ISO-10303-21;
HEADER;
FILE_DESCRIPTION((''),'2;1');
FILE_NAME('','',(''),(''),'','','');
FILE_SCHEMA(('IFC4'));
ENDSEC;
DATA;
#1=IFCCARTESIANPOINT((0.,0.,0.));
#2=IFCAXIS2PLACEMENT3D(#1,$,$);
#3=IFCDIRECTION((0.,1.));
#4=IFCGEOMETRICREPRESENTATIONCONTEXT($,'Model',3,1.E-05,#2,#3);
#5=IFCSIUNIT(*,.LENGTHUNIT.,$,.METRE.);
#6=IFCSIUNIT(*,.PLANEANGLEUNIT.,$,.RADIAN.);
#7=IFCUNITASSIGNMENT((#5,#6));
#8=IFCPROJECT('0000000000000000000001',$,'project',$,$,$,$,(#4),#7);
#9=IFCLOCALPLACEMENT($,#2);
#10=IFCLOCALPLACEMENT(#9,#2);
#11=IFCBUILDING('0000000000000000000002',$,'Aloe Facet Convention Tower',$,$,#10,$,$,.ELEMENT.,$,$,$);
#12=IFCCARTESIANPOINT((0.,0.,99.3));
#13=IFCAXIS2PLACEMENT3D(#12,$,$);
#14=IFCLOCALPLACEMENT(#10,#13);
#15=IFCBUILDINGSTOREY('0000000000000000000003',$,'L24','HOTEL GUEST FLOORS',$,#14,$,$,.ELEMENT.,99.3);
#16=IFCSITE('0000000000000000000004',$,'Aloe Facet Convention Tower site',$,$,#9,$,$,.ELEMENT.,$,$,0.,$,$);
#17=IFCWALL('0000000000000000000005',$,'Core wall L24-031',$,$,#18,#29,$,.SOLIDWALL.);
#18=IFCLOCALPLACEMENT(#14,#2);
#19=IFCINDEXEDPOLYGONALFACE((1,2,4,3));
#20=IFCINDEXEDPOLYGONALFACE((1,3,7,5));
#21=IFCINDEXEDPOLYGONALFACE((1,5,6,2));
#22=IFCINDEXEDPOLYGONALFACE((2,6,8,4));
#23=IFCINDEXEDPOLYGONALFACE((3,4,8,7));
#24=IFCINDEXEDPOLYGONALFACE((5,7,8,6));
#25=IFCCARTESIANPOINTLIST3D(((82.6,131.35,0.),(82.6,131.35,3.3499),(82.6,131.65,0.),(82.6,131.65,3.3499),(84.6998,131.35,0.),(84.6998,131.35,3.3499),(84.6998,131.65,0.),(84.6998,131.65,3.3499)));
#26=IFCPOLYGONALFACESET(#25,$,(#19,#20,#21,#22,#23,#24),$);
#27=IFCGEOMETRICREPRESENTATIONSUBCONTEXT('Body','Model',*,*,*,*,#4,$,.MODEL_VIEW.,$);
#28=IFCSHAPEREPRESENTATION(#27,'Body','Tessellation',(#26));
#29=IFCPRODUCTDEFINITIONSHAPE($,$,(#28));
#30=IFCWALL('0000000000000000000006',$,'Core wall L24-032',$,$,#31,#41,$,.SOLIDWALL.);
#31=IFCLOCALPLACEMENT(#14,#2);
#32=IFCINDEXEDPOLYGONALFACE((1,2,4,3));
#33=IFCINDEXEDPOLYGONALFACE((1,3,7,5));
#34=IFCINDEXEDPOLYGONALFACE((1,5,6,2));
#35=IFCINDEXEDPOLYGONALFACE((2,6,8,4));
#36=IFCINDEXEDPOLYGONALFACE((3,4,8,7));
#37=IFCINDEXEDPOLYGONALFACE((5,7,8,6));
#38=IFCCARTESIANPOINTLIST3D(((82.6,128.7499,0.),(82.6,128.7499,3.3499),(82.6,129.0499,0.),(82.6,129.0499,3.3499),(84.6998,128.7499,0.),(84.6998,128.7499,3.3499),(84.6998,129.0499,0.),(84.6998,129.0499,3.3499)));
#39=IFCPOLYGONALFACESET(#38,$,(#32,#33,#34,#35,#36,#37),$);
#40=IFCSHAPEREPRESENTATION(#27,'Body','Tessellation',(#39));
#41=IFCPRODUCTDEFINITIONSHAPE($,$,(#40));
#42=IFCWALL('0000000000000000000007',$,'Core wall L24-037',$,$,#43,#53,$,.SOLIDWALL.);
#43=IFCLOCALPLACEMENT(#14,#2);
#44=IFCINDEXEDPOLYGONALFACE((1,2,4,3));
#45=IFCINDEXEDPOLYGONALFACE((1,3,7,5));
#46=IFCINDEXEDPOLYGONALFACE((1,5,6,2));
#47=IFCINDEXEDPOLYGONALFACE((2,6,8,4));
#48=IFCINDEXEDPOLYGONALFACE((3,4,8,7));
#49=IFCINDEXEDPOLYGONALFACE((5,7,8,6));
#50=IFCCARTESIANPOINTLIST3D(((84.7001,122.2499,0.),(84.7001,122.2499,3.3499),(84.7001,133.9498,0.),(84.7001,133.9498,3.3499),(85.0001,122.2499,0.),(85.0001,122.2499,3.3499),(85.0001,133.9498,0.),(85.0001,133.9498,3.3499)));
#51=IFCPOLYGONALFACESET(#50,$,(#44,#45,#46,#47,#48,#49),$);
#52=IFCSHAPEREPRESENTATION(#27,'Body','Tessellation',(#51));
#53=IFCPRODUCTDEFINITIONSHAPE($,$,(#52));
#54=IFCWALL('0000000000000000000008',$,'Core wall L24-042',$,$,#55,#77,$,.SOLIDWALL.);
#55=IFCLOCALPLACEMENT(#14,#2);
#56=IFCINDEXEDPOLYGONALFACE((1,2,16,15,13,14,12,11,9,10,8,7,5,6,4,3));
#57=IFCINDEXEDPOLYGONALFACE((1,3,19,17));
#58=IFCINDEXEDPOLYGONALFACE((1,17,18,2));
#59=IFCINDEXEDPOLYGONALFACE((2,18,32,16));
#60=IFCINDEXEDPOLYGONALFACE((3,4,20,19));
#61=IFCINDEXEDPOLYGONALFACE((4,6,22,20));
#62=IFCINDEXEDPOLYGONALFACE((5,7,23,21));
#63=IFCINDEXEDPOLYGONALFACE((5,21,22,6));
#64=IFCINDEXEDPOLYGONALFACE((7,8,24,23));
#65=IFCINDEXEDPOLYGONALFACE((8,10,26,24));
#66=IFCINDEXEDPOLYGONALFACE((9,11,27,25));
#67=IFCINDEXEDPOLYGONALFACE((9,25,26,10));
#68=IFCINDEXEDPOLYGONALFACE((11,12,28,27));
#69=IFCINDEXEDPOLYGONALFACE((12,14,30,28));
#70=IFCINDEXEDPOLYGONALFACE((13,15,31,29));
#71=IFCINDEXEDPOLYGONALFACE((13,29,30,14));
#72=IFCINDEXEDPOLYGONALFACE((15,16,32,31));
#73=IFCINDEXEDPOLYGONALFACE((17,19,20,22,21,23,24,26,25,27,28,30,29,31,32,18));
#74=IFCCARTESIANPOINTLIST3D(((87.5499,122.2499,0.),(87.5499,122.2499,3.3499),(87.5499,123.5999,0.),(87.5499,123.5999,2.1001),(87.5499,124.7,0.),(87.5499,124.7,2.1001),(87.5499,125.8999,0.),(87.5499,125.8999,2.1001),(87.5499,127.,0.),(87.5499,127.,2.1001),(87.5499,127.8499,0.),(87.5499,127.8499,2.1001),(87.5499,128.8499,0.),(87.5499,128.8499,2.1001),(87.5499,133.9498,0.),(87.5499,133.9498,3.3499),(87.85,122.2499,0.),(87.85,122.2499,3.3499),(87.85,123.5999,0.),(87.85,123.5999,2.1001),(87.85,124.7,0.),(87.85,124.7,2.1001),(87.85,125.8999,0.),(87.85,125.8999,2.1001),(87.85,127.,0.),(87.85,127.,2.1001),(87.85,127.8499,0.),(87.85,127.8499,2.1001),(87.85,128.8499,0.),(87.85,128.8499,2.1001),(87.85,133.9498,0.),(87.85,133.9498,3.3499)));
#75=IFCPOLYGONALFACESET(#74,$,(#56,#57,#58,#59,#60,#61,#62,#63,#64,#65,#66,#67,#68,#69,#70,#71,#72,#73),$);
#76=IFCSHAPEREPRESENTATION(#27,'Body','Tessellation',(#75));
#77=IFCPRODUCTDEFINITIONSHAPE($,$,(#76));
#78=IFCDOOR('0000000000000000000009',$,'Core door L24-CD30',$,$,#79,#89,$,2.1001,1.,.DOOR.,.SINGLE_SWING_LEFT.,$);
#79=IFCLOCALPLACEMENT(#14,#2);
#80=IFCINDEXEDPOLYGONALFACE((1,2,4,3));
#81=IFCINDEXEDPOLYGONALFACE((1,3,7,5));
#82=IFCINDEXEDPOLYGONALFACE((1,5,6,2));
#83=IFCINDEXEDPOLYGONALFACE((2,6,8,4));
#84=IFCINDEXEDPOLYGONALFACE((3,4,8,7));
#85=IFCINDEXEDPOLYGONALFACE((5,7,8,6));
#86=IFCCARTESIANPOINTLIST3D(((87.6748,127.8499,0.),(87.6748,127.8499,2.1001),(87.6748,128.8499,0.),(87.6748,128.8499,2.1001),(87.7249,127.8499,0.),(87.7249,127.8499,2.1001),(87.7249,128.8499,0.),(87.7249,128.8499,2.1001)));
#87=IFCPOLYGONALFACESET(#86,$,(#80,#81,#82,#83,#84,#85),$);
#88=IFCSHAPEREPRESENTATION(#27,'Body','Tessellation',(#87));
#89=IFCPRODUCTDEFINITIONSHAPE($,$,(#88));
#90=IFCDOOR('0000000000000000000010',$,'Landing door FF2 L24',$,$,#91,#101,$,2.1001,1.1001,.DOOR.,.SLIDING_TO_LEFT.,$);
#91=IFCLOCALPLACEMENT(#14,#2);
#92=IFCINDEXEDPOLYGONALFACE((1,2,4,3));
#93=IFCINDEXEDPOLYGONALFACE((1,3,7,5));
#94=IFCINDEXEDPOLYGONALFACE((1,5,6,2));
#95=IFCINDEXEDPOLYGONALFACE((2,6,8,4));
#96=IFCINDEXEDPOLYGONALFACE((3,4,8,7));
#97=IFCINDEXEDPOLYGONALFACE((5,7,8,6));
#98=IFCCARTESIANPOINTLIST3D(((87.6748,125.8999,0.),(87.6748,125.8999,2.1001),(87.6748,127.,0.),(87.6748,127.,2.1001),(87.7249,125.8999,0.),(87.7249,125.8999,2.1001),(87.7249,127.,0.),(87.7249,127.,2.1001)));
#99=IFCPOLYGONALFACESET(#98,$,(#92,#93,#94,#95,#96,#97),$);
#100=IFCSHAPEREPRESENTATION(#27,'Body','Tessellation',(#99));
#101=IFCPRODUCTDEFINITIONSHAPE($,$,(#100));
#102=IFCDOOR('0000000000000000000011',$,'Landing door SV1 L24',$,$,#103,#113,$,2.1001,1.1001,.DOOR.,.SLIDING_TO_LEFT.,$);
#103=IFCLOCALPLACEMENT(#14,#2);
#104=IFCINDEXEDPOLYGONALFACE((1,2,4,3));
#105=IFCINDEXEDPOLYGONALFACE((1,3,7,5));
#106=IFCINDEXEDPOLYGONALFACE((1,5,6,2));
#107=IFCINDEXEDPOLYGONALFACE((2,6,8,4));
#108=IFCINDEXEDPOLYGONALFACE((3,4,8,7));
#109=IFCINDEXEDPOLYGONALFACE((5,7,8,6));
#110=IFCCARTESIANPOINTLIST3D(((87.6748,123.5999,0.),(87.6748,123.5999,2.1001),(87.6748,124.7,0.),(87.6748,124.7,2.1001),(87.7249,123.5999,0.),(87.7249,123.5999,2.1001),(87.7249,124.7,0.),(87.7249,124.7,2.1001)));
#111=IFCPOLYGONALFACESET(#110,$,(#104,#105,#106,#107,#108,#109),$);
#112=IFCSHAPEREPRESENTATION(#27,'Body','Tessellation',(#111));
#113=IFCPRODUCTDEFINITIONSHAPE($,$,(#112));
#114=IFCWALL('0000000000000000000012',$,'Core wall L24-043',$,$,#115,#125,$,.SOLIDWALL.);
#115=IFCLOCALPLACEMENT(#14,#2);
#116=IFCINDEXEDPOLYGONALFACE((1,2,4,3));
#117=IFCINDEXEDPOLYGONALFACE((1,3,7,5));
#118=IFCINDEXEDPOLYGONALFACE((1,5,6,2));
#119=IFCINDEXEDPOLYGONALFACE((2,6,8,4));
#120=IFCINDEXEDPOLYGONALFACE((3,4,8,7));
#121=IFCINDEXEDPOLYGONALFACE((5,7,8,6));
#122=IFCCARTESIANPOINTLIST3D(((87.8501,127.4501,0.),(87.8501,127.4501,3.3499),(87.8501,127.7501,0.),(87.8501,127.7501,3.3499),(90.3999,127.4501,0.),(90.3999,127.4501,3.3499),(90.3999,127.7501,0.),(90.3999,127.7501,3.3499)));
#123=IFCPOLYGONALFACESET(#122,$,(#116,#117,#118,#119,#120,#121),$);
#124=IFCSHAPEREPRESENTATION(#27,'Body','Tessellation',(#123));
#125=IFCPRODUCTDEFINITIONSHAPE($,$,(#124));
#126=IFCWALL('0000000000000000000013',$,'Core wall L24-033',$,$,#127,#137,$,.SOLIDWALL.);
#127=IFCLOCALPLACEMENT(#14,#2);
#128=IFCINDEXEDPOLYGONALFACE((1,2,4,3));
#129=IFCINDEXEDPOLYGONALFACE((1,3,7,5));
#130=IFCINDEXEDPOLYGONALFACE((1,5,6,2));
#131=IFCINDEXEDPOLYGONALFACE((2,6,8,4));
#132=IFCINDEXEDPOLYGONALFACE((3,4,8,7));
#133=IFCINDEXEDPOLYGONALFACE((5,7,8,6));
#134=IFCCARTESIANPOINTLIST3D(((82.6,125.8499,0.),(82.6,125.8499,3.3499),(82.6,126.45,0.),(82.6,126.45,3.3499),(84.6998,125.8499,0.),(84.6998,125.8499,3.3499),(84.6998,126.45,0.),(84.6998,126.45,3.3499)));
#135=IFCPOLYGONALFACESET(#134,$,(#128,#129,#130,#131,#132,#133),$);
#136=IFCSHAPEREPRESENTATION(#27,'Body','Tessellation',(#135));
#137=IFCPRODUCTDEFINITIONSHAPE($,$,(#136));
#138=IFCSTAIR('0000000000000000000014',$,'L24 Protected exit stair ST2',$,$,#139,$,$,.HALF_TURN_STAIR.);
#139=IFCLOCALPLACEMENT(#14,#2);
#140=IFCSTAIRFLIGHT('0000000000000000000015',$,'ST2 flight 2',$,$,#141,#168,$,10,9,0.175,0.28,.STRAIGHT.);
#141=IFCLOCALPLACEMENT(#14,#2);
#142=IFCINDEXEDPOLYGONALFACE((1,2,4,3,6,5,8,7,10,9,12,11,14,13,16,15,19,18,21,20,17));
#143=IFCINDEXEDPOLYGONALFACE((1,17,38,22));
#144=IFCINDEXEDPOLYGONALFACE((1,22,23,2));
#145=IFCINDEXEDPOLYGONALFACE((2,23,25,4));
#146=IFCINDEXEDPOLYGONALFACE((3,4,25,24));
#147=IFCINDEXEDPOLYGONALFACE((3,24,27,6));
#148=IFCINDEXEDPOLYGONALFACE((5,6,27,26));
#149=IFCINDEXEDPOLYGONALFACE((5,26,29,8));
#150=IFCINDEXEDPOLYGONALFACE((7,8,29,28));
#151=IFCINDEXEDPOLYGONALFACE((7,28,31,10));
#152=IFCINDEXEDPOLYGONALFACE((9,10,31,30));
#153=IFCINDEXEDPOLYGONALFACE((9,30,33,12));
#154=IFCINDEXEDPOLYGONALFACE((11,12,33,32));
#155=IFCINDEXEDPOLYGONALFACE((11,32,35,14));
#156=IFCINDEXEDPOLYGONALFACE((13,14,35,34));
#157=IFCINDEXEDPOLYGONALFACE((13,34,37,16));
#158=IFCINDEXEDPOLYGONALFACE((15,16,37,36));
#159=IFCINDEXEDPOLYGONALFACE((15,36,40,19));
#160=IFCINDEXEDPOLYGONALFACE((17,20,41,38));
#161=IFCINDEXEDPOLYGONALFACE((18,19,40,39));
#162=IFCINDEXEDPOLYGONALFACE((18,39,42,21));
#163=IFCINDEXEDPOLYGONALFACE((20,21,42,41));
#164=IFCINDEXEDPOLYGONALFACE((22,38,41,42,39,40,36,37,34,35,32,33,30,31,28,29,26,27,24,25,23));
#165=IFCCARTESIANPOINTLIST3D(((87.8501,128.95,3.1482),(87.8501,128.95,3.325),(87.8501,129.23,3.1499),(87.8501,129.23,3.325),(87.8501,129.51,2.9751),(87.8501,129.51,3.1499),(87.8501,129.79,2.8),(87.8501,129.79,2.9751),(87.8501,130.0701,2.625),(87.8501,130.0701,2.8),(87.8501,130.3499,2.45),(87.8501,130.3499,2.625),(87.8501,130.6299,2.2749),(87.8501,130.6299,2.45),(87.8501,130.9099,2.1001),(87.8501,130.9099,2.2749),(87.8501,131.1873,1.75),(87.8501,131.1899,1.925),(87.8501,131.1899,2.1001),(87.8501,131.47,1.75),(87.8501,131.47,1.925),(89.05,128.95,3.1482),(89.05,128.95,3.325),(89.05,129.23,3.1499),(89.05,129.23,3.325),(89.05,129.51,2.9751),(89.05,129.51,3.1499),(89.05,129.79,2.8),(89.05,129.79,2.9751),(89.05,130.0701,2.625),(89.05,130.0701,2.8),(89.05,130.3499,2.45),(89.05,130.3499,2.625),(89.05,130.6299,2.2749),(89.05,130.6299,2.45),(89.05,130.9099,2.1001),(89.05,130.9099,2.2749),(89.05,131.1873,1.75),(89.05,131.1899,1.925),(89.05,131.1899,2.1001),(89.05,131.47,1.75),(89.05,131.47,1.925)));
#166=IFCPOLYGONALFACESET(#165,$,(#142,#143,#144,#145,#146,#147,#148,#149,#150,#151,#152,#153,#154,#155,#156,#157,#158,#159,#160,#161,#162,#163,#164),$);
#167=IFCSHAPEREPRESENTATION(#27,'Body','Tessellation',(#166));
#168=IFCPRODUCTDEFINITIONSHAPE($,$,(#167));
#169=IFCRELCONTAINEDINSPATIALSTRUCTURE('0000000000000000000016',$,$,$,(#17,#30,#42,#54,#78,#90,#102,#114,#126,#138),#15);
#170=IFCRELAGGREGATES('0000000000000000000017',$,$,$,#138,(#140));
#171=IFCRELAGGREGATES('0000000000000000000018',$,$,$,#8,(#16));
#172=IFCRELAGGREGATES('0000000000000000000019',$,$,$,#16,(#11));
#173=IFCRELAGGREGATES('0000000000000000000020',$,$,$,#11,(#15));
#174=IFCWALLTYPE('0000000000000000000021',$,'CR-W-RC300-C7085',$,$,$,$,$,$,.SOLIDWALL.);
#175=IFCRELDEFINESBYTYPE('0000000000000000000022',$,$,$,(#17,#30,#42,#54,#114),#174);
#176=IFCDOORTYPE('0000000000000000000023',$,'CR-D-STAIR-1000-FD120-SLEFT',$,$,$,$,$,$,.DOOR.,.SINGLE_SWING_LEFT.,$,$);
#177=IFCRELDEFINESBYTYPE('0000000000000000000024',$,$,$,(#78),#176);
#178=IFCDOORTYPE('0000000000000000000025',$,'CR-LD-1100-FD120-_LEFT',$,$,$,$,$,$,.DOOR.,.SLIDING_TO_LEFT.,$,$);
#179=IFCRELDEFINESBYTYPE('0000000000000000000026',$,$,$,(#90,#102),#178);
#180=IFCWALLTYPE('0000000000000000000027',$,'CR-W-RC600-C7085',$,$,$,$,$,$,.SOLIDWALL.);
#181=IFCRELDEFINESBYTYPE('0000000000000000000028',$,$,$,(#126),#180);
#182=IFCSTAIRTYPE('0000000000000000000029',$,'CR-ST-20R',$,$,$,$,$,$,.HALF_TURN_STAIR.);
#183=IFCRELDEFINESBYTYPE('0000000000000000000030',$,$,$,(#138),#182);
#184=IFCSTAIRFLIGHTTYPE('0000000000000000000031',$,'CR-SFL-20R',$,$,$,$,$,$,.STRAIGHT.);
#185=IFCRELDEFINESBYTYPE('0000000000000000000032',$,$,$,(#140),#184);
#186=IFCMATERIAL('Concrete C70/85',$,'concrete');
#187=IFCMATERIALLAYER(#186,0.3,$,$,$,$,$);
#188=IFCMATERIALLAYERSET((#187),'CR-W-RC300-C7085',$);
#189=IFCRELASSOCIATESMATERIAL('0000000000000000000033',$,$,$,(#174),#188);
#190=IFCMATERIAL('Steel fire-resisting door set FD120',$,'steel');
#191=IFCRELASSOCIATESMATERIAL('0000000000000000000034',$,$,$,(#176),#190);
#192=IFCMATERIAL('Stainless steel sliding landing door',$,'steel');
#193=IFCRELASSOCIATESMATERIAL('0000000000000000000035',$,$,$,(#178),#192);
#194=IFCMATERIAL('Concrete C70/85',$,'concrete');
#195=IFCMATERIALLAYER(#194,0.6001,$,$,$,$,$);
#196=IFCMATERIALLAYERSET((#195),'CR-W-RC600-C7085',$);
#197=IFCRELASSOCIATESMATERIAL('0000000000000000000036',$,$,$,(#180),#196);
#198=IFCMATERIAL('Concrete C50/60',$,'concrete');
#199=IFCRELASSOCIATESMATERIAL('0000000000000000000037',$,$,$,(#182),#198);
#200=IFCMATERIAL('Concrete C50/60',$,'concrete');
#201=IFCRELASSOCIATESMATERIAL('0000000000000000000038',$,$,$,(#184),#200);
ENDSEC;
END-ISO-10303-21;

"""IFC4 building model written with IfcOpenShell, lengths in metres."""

from ifc_helpers import new_model, si_unit, direction, frame, frame_2d, origin, place, context, subcontext, project, spatial, polyline, rectangle, outline, extrude, material, layer, layer_set, type_object, element, fill, aggregate, save


model = new_model("IFC4")

# Units and contexts
model_context = context("Model", 3, precision=1e-05, world=origin(), true_north=direction((0.0, 1.0)))
body_context = subcontext(model_context, "Body", "Model", "MODEL_VIEW")
ifc_project = project(units=[si_unit("LENGTHUNIT", "METRE"), si_unit("PLANEANGLEUNIT", "RADIAN")], contexts=[model_context])

# Site, building, storey
site_placement = place(None, origin())
site = spatial("IfcSite", under=ifc_project, at=site_placement, Name="Aloe Facet Convention Tower site", CompositionType="ELEMENT", RefElevation=0.0)
building_placement = place(site_placement, origin())
building = spatial("IfcBuilding", under=site, at=building_placement, Name="Aloe Facet Convention Tower", CompositionType="ELEMENT")
storey_placement = place(building_placement, frame((0.0, 0.0, 99.3)))
storey = spatial("IfcBuildingStorey", under=building, at=storey_placement, Name="L24", Description="HOTEL GUEST FLOORS", CompositionType="ELEMENT", Elevation=99.3)

# Shared definitions
ifc_material_1 = material(Name="Concrete C70/85", Category="concrete")
ifc_layer_1 = layer(ifc_material_1, 0.3)
ifc_layer_set_1 = layer_set([ifc_layer_1], Name="CR-W-RC300-C7085")
wall_type_1 = type_object("IfcWallType", Name="CR-W-RC300-C7085", PredefinedType="SOLIDWALL", material=ifc_layer_set_1)
ifc_material_2 = material(Name="Steel fire-resisting door set FD120", Category="steel")
door_type_1 = type_object("IfcDoorType", Name="CR-D-STAIR-1000-FD120-SLEFT", OperationType="SINGLE_SWING_LEFT", PredefinedType="DOOR", material=ifc_material_2)

# Walls
for number, where, z_axis, x_axis, name in (
    (1, (82.6001, 131.5, 0.0), (0.0, 0.0, 1.0), (1.0, 0.0, 0.0), "Core wall L24-031"),
    (2, (82.6001, 128.8999, 0.0), (0.0, 0.0, 1.0), (1.0, 0.0, 0.0), "Core wall L24-032"),
):
    element("IfcWall", number, at=place(storey_placement, frame(where, z_axis=z_axis, x_axis=x_axis)), inside=storey, type_object=wall_type_1, Name=name, PredefinedType="SOLIDWALL", context=body_context, shape_type="SweptSolid", body=[
        extrude(rectangle(XDim=2.0999, YDim=0.3, at=frame_2d((1.0498, 0.0))), origin(), (0.0, 0.0, 1.0), 3.3499),
    ])
wall_1_placement = place(storey_placement, frame((84.8501, 133.95, 0.0), z_axis=(0.0, 0.0, 1.0), x_axis=(0.0, -1.0, 0.0)))
element("IfcWall", 3, at=wall_1_placement, inside=storey, type_object=wall_type_1, Name="Core wall L24-037", PredefinedType="SOLIDWALL", context=body_context, shape_type="SweptSolid", body=[
    extrude(rectangle(XDim=11.7, YDim=0.3, at=frame_2d((5.8501, 0.0))), origin(), (0.0, 0.0, 1.0), 3.3499),
])

# Wall, openings, doors
wall_2_placement = place(storey_placement, frame((87.7, 133.95, 0.0), z_axis=(0.0, 0.0, 1.0), x_axis=(0.0, -1.0, 0.0)))
wall_2 = element("IfcWall", 4, at=wall_2_placement, inside=storey, type_object=wall_type_1, Name="Core wall L24-042", PredefinedType="SOLIDWALL", context=body_context, shape_type="SweptSolid", body=[
    extrude(rectangle(XDim=11.7, YDim=0.3, at=frame_2d((5.8501, 0.0))), origin(), (0.0, 0.0, 1.0), 3.3499),
])
opening_1_placement = place(wall_2_placement, frame((6.95, 0.0, 0.0)))
opening_1 = element("IfcOpeningElement", 5, at=opening_1_placement, cuts=wall_2, PredefinedType="OPENING", context=body_context, shape_type="SweptSolid", body=[
    extrude(rectangle(XDim=1.1001, YDim=2.1001, at=frame_2d((0.55, 1.05))), frame((0.0, 0.1602, 0.0), z_axis=(0.0, -1.0, 0.0), x_axis=(1.0, 0.0, 0.0)), (0.0, 0.0, 1.0), 0.3201),
])
opening_2_placement = place(wall_2_placement, frame((5.1001, 0.0, 0.0)))
opening_2 = element("IfcOpeningElement", 6, at=opening_2_placement, cuts=wall_2, PredefinedType="OPENING", context=body_context, shape_type="SweptSolid", body=[
    extrude(rectangle(XDim=1.0, YDim=2.1001, at=frame_2d((0.5, 1.05))), frame((0.0, 0.1602, 0.0), z_axis=(0.0, -1.0, 0.0), x_axis=(1.0, 0.0, 0.0)), (0.0, 0.0, 1.0), 0.3201),
])
opening_3_placement = place(wall_2_placement, frame((9.25, 0.0, 0.0)))
opening_3 = element("IfcOpeningElement", 7, at=opening_3_placement, cuts=wall_2, PredefinedType="OPENING", context=body_context, shape_type="SweptSolid", body=[
    extrude(rectangle(XDim=1.1001, YDim=2.1001, at=frame_2d((0.55, 1.05))), frame((0.0, 0.1602, 0.0), z_axis=(0.0, -1.0, 0.0), x_axis=(1.0, 0.0, 0.0)), (0.0, 0.0, 1.0), 0.3201),
])
door_1_placement = place(opening_2_placement, origin())
door_1 = element("IfcDoor", 8, at=door_1_placement, inside=storey, type_object=door_type_1, Name="Core door L24-CD30", OperationType="SINGLE_SWING_LEFT", OverallHeight=2.1001, OverallWidth=1.0, PredefinedType="DOOR", context=body_context, shape_type="SweptSolid", body=[
    extrude(rectangle(XDim=1.0, YDim=2.1001, at=frame_2d((0.5, 1.05))), frame((0.0, 0.0249, 0.0), z_axis=(0.0, -1.0, 0.0), x_axis=(1.0, 0.0, 0.0)), (0.0, 0.0, 1.0), 0.05),
])
fill(opening_2, door_1)
ifc_material_3 = material(Name="Stainless steel sliding landing door", Category="steel")
door_type_2 = type_object("IfcDoorType", Name="CR-LD-1100-FD120-_LEFT", OperationType="SLIDING_TO_LEFT", PredefinedType="DOOR", material=ifc_material_3)
door_2_placement = place(opening_1_placement, origin())
door_2 = element("IfcDoor", 9, at=door_2_placement, inside=storey, type_object=door_type_2, Name="Landing door FF2 L24", OperationType="SLIDING_TO_LEFT", OverallHeight=2.1001, OverallWidth=1.1001, PredefinedType="DOOR", context=body_context, shape_type="SweptSolid", body=[
    extrude(rectangle(XDim=1.1001, YDim=2.1001, at=frame_2d((0.55, 1.05))), frame((0.0, 0.0249, 0.0), z_axis=(0.0, -1.0, 0.0), x_axis=(1.0, 0.0, 0.0)), (0.0, 0.0, 1.0), 0.05),
])
fill(opening_1, door_2)
door_3_placement = place(opening_3_placement, origin())
door_3 = element("IfcDoor", 10, at=door_3_placement, inside=storey, type_object=door_type_2, Name="Landing door SV1 L24", OperationType="SLIDING_TO_LEFT", OverallHeight=2.1001, OverallWidth=1.1001, PredefinedType="DOOR", context=body_context, shape_type="SweptSolid", body=[
    extrude(rectangle(XDim=1.1001, YDim=2.1001, at=frame_2d((0.55, 1.05))), frame((0.0, 0.0249, 0.0), z_axis=(0.0, -1.0, 0.0), x_axis=(1.0, 0.0, 0.0)), (0.0, 0.0, 1.0), 0.05),
])
fill(opening_3, door_3)

# Walls
wall_3_placement = place(storey_placement, frame((87.8501, 127.6001, 0.0), z_axis=(0.0, 0.0, 1.0), x_axis=(1.0, 0.0, 0.0)))
element("IfcWall", 11, at=wall_3_placement, inside=storey, type_object=wall_type_1, Name="Core wall L24-043", PredefinedType="SOLIDWALL", context=body_context, shape_type="SweptSolid", body=[
    extrude(rectangle(XDim=2.5498, YDim=0.3, at=frame_2d((1.2749, 0.0))), origin(), (0.0, 0.0, 1.0), 3.3499),
])
ifc_material_4 = material(Name="Concrete C70/85", Category="concrete")
ifc_layer_2 = layer(ifc_material_4, 0.6001)
ifc_layer_set_2 = layer_set([ifc_layer_2], Name="CR-W-RC600-C7085")
wall_type_2 = type_object("IfcWallType", Name="CR-W-RC600-C7085", PredefinedType="SOLIDWALL", material=ifc_layer_set_2)
wall_4_placement = place(storey_placement, frame((82.6001, 126.1499, 0.0), z_axis=(0.0, 0.0, 1.0), x_axis=(1.0, 0.0, 0.0)))
element("IfcWall", 12, at=wall_4_placement, inside=storey, type_object=wall_type_2, Name="Core wall L24-033", PredefinedType="SOLIDWALL", context=body_context, shape_type="SweptSolid", body=[
    extrude(rectangle(XDim=2.0999, YDim=0.6001, at=frame_2d((1.0498, 0.0))), origin(), (0.0, 0.0, 1.0), 3.3499),
])

# Stair, stair flight
ifc_material_5 = material(Name="Concrete C50/60", Category="concrete")
stair_type = type_object("IfcStairType", Name="CR-ST-20R", PredefinedType="HALF_TURN_STAIR", material=ifc_material_5)
stair_placement = place(storey_placement, origin())
stair = element("IfcStair", 13, at=stair_placement, inside=storey, type_object=stair_type, Name="L24 Protected exit stair ST2", PredefinedType="HALF_TURN_STAIR")
ifc_material_6 = material(Name="Concrete C50/60", Category="concrete")
stair_flight_type = type_object("IfcStairFlightType", Name="CR-SFL-20R", PredefinedType="STRAIGHT", material=ifc_material_6)
stair_flight_placement = place(storey_placement, frame((88.45, 131.47, 1.75), z_axis=(0.0, 0.0, 1.0), x_axis=(0.0, -1.0, 0.0)))
stair_flight = element("IfcStairFlight", 14, at=stair_flight_placement, type_object=stair_flight_type, Name="ST2 flight 2", NumberOfRisers=10, NumberOfTreads=9, PredefinedType="STRAIGHT", RiserHeight=0.175, TreadLength=0.28, context=body_context, shape_type="SweptSolid", body=[
    extrude(outline(polyline([(0.0, 0.0), (0.0, 0.175), (0.28, 0.175), (0.28, 0.3501), (0.5601, 0.3501), (0.5601, 0.5249), (0.8401, 0.5249), (0.8401, 0.7), (1.1201, 0.7), (1.1201, 0.875), (1.3999, 0.875), (1.3999, 1.05), (1.6799, 1.05), (1.6799, 1.2251), (1.96, 1.2251), (1.96, 1.3999), (2.24, 1.3999), (2.24, 1.575), (2.52, 1.575), (2.52, 1.75), (2.52, 1.3982), (0.2827, 0.0), (0.0, 0.0)])), frame((0.0, 0.6001, 0.0), z_axis=(0.0, -1.0, 0.0), x_axis=(1.0, 0.0, 0.0)), (0.0, 0.0, 1.0), 1.2),
])
aggregate(stair, [stair_flight])

save(model, "model.ifc")
